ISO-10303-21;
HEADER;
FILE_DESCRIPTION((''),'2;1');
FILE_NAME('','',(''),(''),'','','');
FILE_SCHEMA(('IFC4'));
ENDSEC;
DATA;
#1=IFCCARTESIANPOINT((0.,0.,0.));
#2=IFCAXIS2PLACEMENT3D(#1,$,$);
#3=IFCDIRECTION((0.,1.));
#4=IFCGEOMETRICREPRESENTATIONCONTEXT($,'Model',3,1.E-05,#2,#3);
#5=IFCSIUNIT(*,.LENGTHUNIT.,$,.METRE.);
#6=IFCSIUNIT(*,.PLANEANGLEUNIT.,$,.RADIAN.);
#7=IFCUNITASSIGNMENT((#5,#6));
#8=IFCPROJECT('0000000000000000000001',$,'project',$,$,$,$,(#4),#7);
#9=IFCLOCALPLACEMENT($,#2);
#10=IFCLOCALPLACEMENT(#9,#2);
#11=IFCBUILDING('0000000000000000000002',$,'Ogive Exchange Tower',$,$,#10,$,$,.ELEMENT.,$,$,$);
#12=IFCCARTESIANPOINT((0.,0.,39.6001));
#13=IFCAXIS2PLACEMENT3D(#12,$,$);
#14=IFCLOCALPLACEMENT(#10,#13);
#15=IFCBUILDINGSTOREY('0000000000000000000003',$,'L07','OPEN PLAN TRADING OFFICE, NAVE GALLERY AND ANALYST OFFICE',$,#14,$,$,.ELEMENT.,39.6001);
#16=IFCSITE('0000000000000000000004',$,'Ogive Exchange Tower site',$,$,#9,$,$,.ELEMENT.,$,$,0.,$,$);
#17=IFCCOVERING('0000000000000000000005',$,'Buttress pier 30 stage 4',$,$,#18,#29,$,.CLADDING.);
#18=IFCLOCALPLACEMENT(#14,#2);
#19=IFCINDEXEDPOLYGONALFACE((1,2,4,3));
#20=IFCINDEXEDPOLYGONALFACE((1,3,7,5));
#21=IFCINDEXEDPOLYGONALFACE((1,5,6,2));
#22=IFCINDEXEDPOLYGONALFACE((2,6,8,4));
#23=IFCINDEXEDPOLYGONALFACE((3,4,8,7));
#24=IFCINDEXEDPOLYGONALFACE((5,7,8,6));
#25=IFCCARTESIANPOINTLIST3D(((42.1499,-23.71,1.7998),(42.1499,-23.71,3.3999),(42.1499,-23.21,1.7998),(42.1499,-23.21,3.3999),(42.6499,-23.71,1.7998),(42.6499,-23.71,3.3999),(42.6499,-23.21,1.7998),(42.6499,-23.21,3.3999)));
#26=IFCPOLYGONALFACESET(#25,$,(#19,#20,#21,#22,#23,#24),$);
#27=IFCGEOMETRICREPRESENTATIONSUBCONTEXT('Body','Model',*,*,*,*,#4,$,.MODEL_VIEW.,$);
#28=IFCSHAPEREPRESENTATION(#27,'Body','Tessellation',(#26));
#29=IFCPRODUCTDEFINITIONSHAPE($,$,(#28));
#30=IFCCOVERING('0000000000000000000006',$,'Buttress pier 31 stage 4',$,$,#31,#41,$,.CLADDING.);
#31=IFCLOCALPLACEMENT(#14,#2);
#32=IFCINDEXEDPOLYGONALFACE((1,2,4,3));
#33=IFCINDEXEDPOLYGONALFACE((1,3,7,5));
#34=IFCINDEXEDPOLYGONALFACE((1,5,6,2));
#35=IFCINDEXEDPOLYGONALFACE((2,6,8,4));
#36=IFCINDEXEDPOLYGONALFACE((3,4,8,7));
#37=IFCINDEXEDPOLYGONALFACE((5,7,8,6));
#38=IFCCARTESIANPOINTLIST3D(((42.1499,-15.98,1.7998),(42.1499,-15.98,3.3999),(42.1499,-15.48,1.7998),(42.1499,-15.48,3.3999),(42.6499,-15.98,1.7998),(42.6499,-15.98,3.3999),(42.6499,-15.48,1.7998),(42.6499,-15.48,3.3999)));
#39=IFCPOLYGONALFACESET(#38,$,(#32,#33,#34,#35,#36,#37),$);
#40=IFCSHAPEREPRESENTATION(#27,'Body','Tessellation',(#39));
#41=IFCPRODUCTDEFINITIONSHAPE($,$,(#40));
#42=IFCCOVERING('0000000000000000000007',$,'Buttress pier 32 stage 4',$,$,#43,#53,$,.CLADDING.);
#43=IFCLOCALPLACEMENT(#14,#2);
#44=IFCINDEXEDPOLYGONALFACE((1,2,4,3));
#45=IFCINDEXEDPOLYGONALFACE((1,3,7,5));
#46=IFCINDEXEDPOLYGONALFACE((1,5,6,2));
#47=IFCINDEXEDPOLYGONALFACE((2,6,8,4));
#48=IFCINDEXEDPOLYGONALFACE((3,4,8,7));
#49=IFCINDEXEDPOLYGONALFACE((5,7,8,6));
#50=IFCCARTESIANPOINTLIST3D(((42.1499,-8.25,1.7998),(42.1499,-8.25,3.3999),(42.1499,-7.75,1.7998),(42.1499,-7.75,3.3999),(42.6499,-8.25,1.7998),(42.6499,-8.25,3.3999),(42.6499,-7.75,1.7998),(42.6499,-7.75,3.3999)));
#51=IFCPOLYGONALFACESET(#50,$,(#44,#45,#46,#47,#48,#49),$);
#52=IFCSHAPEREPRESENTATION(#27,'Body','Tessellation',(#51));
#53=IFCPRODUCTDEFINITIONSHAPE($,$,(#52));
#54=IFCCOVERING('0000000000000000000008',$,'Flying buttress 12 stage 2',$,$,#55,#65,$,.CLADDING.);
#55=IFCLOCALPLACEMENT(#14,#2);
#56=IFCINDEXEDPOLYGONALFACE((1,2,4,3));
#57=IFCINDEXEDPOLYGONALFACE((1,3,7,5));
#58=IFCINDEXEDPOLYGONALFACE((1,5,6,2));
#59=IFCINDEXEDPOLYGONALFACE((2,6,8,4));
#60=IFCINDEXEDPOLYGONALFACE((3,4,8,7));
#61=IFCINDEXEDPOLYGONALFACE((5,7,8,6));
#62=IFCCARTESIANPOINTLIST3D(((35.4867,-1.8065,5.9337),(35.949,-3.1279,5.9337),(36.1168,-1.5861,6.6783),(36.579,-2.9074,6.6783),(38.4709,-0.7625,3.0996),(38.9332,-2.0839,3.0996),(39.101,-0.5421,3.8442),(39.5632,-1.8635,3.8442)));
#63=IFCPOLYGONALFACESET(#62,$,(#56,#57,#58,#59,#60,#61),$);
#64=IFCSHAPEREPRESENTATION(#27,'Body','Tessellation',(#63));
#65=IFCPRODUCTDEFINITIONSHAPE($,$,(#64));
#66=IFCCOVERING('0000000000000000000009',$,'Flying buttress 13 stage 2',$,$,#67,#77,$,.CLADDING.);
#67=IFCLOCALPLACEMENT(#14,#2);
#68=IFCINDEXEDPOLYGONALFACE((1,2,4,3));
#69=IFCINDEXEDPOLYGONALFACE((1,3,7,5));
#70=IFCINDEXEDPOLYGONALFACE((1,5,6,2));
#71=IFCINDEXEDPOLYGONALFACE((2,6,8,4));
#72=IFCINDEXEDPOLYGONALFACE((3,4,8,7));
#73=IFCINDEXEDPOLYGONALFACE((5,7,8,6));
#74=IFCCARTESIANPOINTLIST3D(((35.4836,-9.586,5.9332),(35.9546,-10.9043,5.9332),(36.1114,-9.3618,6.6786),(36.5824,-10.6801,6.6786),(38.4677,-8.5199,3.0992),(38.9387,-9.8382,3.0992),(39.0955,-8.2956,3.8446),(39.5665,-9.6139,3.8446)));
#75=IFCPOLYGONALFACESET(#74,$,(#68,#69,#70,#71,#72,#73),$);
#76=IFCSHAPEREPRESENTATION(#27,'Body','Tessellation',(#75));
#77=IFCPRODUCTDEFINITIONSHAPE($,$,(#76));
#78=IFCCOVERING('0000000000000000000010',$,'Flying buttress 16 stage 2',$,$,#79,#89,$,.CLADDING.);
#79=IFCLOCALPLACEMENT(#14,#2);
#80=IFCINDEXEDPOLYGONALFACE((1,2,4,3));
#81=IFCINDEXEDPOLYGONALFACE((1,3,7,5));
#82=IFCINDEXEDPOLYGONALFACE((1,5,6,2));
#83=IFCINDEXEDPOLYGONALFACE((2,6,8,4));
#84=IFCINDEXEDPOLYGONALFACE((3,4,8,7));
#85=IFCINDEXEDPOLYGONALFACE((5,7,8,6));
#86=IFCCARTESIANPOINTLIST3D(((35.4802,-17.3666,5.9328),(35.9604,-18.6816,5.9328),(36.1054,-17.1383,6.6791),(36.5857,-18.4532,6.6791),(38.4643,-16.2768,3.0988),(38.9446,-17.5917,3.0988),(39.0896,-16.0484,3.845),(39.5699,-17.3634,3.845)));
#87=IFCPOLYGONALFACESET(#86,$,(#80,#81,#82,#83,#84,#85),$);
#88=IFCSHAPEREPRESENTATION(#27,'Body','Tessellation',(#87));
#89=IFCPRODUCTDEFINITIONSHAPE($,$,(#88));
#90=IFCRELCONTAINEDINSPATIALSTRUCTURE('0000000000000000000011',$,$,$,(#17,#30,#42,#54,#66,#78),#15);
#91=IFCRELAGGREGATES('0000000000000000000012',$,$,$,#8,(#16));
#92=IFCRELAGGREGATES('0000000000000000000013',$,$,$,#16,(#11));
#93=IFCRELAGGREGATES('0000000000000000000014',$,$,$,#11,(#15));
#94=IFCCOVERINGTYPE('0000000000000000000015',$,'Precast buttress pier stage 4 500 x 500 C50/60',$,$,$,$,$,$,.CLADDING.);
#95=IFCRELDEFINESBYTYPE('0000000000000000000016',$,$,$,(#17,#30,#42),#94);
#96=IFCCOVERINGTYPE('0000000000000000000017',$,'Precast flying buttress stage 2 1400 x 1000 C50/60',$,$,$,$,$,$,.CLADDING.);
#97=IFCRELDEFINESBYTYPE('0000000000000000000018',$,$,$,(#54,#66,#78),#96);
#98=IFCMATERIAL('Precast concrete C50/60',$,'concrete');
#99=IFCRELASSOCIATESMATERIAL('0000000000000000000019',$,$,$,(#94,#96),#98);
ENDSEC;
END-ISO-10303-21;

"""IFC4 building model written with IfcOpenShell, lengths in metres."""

from ifc_helpers import new_model, si_unit, direction, frame, origin, origin_2d, place, context, subcontext, project, spatial, rectangle, extrude, material, material_profile, profile_set, type_object, element, save


model = new_model("IFC4")

# Units and contexts
model_context = context("Model", 3, precision=1e-05, world=origin(), true_north=direction((0.0, 1.0)))
body_context = subcontext(model_context, "Body", "Model", "MODEL_VIEW")
ifc_project = project(units=[si_unit("LENGTHUNIT", "METRE"), si_unit("PLANEANGLEUNIT", "RADIAN")], contexts=[model_context])

# Site, building, storey
site_placement = place(None, origin())
site = spatial("IfcSite", under=ifc_project, at=site_placement, Name="Ogive Exchange Tower site", CompositionType="ELEMENT", RefElevation=0.0)
building_placement = place(site_placement, origin())
building = spatial("IfcBuilding", under=site, at=building_placement, Name="Ogive Exchange Tower", CompositionType="ELEMENT")
storey_placement = place(building_placement, frame((0.0, 0.0, 39.6001)))
storey = spatial("IfcBuildingStorey", under=building, at=storey_placement, Name="L07", Description="OPEN PLAN TRADING OFFICE, NAVE GALLERY AND ANALYST OFFICE", CompositionType="ELEMENT", Elevation=39.6001)

# Coverings
ifc_material_1 = material(Name="Precast concrete C50/60", Category="concrete")
ifc_material_profile_1 = material_profile(ifc_material_1, rectangle(XDim=0.5, YDim=0.5, at=origin_2d()), Name="BUTTRESS PIER 4 500 x 500")
ifc_profile_set_1 = profile_set([ifc_material_profile_1], Name="Precast concrete C50/60")
covering_type_1 = type_object("IfcCoveringType", Name="Precast buttress pier stage 4 500 x 500 C50/60", PredefinedType="CLADDING", material=ifc_profile_set_1)
for number, where, z_axis, x_axis, name in (
    (1, (42.3999, -23.46, 1.7998), (0.0, 0.0, 1.0), (0.0, 1.0, 0.0), "Buttress pier 30 stage 4"),
    (2, (42.3999, -15.73, 1.7998), (0.0, 0.0, 1.0), (0.0, 1.0, 0.0), "Buttress pier 31 stage 4"),
    (3, (42.3999, -8.0, 1.7998), (0.0, 0.0, 1.0), (0.0, 1.0, 0.0), "Buttress pier 32 stage 4"),
):
    element("IfcCovering", number, at=place(storey_placement, frame(where, z_axis=z_axis, x_axis=x_axis)), inside=storey, type_object=covering_type_1, Name=name, PredefinedType="CLADDING", context=body_context, shape_type="SweptSolid", body=[
        extrude(rectangle(XDim=0.5, YDim=0.5, at=origin_2d()), origin(), (0.0, 0.0, 1.0), 1.6001),
    ])
ifc_material_profile_2 = material_profile(ifc_material_1, rectangle(XDim=1.3999, YDim=1.0, at=origin_2d()), Name="FLYING BUTTRESS 2 1400 x 1000")
ifc_profile_set_2 = profile_set([ifc_material_profile_2], Name="Precast concrete C50/60")
covering_type_2 = type_object("IfcCoveringType", Name="Precast flying buttress stage 2 1400 x 1000 C50/60", PredefinedType="CLADDING", material=ifc_profile_set_2)
covering_1_placement = place(storey_placement, frame((39.0171, -1.313, 3.4719), z_axis=(-0.702853, -0.245881, 0.667489), x_axis=(0.330209, -0.943908, 0.0)))
element("IfcCovering", 4, at=covering_1_placement, inside=storey, type_object=covering_type_2, Name="Flying buttress 12 stage 2", PredefinedType="CLADDING", context=body_context, shape_type="SweptSolid", body=[
    extrude(rectangle(XDim=1.3999, YDim=1.0, at=origin_2d()), origin(), (0.0, 0.0, 1.0), 4.2458),
])
covering_2_placement = place(storey_placement, frame((39.0171, -9.0669, 3.4719), z_axis=(-0.70194, -0.250787, 0.666622), x_axis=(0.336449, -0.941702, 0.0)))
element("IfcCovering", 5, at=covering_2_placement, inside=storey, type_object=covering_type_2, Name="Flying buttress 13 stage 2", PredefinedType="CLADDING", context=body_context, shape_type="SweptSolid", body=[
    extrude(rectangle(XDim=1.3999, YDim=1.0, at=origin_2d()), origin(), (0.0, 0.0, 1.0), 4.2512),
])
covering_3_placement = place(storey_placement, frame((39.0171, -16.8201, 3.4719), z_axis=(-0.700951, -0.255997, 0.665683), x_axis=(0.343051, -0.939317, 0.0)))
element("IfcCovering", 6, at=covering_3_placement, inside=storey, type_object=covering_type_2, Name="Flying buttress 16 stage 2", PredefinedType="CLADDING", context=body_context, shape_type="SweptSolid", body=[
    extrude(rectangle(XDim=1.3999, YDim=1.0, at=origin_2d()), origin(), (0.0, 0.0, 1.0), 4.2573),
])

save(model, "model.ifc")
